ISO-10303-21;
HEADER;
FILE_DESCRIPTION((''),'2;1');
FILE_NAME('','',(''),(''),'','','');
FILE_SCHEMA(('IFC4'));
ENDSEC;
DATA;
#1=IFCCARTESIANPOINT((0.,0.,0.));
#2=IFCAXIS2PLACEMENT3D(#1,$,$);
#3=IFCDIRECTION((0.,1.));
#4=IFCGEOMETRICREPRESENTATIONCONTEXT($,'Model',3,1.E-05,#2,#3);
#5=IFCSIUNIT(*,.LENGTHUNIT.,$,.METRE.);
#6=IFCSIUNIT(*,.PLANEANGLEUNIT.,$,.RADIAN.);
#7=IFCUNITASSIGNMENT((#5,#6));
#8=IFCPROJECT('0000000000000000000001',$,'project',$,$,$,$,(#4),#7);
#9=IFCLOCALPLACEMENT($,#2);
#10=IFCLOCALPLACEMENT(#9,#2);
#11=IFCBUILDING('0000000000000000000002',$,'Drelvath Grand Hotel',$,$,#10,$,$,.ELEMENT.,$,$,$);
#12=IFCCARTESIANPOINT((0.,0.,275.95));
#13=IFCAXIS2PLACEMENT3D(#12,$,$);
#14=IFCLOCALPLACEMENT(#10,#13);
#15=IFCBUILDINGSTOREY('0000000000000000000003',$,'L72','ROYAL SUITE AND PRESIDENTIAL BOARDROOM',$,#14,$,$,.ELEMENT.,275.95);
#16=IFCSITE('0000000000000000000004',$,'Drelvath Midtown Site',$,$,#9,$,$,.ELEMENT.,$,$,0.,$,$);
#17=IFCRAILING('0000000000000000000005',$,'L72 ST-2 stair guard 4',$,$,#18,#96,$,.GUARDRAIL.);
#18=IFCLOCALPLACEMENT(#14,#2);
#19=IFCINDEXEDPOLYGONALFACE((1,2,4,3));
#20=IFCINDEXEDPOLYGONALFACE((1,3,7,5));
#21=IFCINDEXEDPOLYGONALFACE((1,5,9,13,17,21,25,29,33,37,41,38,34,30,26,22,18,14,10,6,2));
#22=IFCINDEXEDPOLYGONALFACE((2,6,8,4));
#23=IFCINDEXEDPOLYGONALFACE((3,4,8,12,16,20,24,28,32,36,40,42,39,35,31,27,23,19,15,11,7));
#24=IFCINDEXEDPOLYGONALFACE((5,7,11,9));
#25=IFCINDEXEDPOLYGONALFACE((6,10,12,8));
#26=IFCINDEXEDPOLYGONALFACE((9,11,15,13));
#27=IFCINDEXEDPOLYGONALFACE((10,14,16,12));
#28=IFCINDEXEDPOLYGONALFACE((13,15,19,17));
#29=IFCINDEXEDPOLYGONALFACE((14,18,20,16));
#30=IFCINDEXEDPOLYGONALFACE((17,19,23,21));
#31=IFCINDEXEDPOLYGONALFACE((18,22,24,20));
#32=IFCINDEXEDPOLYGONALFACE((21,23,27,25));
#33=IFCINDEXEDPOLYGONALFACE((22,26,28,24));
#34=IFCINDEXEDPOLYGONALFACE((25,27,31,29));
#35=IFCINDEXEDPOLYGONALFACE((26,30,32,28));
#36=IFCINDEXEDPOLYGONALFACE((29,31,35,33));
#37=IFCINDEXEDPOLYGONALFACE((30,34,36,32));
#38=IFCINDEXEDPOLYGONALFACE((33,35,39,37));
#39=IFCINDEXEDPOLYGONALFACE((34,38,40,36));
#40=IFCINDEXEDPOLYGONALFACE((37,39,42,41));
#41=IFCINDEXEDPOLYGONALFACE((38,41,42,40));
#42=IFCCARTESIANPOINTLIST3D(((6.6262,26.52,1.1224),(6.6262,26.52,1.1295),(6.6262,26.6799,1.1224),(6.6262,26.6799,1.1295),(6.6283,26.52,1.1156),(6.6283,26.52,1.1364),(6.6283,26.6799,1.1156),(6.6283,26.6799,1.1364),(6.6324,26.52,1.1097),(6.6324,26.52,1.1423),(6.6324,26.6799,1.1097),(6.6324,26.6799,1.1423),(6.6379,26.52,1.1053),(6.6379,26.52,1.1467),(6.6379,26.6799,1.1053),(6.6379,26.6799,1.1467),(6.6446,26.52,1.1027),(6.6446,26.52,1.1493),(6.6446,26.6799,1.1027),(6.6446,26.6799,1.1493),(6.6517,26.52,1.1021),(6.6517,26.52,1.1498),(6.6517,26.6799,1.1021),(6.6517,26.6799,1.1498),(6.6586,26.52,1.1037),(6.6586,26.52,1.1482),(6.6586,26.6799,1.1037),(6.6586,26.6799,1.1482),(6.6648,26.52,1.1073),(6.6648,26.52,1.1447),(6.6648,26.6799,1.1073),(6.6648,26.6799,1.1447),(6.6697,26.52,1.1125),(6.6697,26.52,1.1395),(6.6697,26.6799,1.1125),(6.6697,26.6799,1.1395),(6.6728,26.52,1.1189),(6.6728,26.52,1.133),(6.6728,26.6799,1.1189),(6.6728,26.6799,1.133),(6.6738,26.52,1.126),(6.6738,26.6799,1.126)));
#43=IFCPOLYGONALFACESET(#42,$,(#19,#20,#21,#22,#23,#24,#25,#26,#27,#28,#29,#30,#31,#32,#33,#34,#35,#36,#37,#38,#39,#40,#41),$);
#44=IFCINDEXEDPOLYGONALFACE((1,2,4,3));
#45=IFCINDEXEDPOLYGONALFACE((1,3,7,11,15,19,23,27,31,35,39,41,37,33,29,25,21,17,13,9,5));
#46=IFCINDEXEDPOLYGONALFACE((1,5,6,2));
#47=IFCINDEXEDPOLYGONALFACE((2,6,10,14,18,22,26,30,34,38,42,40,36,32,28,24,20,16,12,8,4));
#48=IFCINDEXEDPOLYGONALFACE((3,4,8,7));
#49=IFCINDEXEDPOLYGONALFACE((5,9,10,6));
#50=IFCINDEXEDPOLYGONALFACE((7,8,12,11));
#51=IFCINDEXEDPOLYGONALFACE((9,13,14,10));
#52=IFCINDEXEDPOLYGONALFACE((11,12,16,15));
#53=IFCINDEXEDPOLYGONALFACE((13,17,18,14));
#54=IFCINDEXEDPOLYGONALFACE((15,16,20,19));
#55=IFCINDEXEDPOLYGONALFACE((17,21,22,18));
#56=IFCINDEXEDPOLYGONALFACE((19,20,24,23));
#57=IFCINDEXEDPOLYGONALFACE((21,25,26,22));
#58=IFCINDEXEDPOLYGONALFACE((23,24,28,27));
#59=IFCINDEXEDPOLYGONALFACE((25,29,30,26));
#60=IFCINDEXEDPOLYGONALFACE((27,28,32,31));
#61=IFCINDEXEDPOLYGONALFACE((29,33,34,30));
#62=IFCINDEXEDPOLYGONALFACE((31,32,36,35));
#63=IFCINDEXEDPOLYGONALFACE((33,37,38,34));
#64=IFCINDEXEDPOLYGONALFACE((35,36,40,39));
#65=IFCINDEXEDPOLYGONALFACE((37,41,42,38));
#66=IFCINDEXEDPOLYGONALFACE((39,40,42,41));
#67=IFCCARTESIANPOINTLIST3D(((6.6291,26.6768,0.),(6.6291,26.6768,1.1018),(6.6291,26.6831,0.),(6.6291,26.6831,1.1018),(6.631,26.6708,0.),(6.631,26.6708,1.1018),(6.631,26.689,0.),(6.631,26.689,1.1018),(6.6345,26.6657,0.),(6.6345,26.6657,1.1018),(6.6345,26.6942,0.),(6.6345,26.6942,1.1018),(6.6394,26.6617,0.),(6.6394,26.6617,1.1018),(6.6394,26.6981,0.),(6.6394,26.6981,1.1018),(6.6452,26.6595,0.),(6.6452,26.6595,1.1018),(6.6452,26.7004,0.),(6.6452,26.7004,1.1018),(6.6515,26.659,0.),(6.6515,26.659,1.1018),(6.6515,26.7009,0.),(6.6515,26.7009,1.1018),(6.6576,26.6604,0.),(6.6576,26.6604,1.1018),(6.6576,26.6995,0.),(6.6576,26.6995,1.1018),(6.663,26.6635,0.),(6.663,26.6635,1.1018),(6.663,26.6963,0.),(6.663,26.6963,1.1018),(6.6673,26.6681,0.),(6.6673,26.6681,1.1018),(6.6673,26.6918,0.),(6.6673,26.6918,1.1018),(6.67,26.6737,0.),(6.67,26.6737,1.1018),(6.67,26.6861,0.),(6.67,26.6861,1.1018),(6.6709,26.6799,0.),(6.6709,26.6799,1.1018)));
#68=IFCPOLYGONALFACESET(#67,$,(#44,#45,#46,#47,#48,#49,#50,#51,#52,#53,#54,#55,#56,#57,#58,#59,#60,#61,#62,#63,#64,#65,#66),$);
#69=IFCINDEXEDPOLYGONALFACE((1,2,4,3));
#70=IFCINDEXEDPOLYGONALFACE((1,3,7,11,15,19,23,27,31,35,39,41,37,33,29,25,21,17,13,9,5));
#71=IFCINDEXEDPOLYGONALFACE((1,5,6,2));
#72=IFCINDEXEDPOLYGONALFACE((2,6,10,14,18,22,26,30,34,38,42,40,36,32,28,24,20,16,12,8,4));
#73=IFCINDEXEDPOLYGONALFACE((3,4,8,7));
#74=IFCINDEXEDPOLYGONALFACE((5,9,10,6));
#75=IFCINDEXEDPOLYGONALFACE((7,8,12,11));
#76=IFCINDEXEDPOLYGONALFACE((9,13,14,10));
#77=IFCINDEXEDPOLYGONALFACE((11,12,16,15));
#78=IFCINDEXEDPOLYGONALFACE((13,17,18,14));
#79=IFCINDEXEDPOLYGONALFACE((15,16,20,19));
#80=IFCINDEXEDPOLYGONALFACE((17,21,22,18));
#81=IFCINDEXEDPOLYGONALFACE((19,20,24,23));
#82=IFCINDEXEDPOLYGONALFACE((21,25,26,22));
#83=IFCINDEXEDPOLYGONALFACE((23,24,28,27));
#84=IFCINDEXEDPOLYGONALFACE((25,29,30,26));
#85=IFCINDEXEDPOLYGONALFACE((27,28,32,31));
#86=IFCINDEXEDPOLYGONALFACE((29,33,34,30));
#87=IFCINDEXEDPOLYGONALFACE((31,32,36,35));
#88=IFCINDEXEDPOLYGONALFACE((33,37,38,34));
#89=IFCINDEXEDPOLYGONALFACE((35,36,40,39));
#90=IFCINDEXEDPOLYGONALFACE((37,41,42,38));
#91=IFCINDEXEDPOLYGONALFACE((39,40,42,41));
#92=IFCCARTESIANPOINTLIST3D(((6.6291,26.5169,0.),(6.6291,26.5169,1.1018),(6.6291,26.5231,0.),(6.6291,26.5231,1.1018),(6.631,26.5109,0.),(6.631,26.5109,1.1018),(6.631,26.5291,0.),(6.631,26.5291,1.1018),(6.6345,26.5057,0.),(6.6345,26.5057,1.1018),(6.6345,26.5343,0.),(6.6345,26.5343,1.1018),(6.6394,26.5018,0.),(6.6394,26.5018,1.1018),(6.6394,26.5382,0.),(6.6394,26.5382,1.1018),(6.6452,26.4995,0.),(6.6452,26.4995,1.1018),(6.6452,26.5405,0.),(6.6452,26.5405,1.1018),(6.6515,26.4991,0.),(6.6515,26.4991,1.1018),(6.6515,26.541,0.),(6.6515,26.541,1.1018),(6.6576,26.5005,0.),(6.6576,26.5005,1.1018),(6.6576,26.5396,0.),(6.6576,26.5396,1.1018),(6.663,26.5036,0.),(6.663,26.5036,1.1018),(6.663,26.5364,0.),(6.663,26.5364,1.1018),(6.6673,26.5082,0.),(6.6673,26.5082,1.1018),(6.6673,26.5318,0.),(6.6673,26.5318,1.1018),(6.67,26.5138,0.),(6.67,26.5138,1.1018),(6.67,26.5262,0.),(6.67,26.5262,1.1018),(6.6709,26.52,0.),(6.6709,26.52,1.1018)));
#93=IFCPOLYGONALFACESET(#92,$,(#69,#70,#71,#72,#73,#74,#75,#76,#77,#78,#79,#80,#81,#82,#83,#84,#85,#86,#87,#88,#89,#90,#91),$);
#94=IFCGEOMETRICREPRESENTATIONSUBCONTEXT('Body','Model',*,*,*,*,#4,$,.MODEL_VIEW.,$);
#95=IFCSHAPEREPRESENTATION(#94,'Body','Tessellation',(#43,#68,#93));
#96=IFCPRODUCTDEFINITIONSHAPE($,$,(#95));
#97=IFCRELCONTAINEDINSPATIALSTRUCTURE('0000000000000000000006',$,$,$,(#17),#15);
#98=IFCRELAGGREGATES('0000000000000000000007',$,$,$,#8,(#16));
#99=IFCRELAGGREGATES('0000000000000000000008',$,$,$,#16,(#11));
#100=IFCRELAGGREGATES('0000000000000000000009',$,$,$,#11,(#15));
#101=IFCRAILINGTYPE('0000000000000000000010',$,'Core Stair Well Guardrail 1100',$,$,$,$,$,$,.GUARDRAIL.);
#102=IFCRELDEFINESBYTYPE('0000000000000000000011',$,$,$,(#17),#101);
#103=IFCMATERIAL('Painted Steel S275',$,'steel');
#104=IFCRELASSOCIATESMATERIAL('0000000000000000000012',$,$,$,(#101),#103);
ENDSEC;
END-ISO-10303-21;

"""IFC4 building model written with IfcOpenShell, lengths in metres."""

from ifc_helpers import new_model, si_unit, direction, frame, origin, origin_2d, place, context, subcontext, project, spatial, circle, extrude, material, type_object, element, save


model = new_model("IFC4")

# Units and contexts
model_context = context("Model", 3, precision=1e-05, world=origin(), true_north=direction((0.0, 1.0)))
body_context = subcontext(model_context, "Body", "Model", "MODEL_VIEW")
ifc_project = project(units=[si_unit("LENGTHUNIT", "METRE"), si_unit("PLANEANGLEUNIT", "RADIAN")], contexts=[model_context])

# Site, building, storey
site_placement = place(None, origin())
site = spatial("IfcSite", under=ifc_project, at=site_placement, Name="Drelvath Midtown Site", CompositionType="ELEMENT", RefElevation=0.0)
building_placement = place(site_placement, origin())
building = spatial("IfcBuilding", under=site, at=building_placement, Name="Drelvath Grand Hotel", CompositionType="ELEMENT")
storey_placement = place(building_placement, frame((0.0, 0.0, 275.95)))
storey = spatial("IfcBuildingStorey", under=building, at=storey_placement, Name="L72", Description="ROYAL SUITE AND PRESIDENTIAL BOARDROOM", CompositionType="ELEMENT", Elevation=275.95)

# Railing
ifc_material_1 = material(Name="Painted Steel S275", Category="steel")
railing_type_1 = type_object("IfcRailingType", Name="Core Stair Well Guardrail 1100", PredefinedType="GUARDRAIL", material=ifc_material_1)
railing_1_placement = place(storey_placement, frame((6.6499, 26.6799, 0.0)))
element("IfcRailing", 1, at=railing_1_placement, inside=storey, type_object=railing_type_1, Name="L72 ST-2 stair guard 4", PredefinedType="GUARDRAIL", context=body_context, shape_type="SweptSolid", body=[
    extrude(circle(Radius=0.0239, at=origin_2d()), frame((0.0, 0.0, 1.126), z_axis=(0.0, -1.0, 0.0), x_axis=(1.0, 0.0, 0.0)), (0.0, 0.0, 1.0), 0.1599),
    extrude(circle(Radius=0.021, at=origin_2d()), origin(), (0.0, 0.0, 1.0), 1.1018),
    extrude(circle(Radius=0.021, at=origin_2d()), frame((0.0, -0.1599, 0.0)), (0.0, 0.0, 1.0), 1.1018),
])

save(model, "model.ifc")
